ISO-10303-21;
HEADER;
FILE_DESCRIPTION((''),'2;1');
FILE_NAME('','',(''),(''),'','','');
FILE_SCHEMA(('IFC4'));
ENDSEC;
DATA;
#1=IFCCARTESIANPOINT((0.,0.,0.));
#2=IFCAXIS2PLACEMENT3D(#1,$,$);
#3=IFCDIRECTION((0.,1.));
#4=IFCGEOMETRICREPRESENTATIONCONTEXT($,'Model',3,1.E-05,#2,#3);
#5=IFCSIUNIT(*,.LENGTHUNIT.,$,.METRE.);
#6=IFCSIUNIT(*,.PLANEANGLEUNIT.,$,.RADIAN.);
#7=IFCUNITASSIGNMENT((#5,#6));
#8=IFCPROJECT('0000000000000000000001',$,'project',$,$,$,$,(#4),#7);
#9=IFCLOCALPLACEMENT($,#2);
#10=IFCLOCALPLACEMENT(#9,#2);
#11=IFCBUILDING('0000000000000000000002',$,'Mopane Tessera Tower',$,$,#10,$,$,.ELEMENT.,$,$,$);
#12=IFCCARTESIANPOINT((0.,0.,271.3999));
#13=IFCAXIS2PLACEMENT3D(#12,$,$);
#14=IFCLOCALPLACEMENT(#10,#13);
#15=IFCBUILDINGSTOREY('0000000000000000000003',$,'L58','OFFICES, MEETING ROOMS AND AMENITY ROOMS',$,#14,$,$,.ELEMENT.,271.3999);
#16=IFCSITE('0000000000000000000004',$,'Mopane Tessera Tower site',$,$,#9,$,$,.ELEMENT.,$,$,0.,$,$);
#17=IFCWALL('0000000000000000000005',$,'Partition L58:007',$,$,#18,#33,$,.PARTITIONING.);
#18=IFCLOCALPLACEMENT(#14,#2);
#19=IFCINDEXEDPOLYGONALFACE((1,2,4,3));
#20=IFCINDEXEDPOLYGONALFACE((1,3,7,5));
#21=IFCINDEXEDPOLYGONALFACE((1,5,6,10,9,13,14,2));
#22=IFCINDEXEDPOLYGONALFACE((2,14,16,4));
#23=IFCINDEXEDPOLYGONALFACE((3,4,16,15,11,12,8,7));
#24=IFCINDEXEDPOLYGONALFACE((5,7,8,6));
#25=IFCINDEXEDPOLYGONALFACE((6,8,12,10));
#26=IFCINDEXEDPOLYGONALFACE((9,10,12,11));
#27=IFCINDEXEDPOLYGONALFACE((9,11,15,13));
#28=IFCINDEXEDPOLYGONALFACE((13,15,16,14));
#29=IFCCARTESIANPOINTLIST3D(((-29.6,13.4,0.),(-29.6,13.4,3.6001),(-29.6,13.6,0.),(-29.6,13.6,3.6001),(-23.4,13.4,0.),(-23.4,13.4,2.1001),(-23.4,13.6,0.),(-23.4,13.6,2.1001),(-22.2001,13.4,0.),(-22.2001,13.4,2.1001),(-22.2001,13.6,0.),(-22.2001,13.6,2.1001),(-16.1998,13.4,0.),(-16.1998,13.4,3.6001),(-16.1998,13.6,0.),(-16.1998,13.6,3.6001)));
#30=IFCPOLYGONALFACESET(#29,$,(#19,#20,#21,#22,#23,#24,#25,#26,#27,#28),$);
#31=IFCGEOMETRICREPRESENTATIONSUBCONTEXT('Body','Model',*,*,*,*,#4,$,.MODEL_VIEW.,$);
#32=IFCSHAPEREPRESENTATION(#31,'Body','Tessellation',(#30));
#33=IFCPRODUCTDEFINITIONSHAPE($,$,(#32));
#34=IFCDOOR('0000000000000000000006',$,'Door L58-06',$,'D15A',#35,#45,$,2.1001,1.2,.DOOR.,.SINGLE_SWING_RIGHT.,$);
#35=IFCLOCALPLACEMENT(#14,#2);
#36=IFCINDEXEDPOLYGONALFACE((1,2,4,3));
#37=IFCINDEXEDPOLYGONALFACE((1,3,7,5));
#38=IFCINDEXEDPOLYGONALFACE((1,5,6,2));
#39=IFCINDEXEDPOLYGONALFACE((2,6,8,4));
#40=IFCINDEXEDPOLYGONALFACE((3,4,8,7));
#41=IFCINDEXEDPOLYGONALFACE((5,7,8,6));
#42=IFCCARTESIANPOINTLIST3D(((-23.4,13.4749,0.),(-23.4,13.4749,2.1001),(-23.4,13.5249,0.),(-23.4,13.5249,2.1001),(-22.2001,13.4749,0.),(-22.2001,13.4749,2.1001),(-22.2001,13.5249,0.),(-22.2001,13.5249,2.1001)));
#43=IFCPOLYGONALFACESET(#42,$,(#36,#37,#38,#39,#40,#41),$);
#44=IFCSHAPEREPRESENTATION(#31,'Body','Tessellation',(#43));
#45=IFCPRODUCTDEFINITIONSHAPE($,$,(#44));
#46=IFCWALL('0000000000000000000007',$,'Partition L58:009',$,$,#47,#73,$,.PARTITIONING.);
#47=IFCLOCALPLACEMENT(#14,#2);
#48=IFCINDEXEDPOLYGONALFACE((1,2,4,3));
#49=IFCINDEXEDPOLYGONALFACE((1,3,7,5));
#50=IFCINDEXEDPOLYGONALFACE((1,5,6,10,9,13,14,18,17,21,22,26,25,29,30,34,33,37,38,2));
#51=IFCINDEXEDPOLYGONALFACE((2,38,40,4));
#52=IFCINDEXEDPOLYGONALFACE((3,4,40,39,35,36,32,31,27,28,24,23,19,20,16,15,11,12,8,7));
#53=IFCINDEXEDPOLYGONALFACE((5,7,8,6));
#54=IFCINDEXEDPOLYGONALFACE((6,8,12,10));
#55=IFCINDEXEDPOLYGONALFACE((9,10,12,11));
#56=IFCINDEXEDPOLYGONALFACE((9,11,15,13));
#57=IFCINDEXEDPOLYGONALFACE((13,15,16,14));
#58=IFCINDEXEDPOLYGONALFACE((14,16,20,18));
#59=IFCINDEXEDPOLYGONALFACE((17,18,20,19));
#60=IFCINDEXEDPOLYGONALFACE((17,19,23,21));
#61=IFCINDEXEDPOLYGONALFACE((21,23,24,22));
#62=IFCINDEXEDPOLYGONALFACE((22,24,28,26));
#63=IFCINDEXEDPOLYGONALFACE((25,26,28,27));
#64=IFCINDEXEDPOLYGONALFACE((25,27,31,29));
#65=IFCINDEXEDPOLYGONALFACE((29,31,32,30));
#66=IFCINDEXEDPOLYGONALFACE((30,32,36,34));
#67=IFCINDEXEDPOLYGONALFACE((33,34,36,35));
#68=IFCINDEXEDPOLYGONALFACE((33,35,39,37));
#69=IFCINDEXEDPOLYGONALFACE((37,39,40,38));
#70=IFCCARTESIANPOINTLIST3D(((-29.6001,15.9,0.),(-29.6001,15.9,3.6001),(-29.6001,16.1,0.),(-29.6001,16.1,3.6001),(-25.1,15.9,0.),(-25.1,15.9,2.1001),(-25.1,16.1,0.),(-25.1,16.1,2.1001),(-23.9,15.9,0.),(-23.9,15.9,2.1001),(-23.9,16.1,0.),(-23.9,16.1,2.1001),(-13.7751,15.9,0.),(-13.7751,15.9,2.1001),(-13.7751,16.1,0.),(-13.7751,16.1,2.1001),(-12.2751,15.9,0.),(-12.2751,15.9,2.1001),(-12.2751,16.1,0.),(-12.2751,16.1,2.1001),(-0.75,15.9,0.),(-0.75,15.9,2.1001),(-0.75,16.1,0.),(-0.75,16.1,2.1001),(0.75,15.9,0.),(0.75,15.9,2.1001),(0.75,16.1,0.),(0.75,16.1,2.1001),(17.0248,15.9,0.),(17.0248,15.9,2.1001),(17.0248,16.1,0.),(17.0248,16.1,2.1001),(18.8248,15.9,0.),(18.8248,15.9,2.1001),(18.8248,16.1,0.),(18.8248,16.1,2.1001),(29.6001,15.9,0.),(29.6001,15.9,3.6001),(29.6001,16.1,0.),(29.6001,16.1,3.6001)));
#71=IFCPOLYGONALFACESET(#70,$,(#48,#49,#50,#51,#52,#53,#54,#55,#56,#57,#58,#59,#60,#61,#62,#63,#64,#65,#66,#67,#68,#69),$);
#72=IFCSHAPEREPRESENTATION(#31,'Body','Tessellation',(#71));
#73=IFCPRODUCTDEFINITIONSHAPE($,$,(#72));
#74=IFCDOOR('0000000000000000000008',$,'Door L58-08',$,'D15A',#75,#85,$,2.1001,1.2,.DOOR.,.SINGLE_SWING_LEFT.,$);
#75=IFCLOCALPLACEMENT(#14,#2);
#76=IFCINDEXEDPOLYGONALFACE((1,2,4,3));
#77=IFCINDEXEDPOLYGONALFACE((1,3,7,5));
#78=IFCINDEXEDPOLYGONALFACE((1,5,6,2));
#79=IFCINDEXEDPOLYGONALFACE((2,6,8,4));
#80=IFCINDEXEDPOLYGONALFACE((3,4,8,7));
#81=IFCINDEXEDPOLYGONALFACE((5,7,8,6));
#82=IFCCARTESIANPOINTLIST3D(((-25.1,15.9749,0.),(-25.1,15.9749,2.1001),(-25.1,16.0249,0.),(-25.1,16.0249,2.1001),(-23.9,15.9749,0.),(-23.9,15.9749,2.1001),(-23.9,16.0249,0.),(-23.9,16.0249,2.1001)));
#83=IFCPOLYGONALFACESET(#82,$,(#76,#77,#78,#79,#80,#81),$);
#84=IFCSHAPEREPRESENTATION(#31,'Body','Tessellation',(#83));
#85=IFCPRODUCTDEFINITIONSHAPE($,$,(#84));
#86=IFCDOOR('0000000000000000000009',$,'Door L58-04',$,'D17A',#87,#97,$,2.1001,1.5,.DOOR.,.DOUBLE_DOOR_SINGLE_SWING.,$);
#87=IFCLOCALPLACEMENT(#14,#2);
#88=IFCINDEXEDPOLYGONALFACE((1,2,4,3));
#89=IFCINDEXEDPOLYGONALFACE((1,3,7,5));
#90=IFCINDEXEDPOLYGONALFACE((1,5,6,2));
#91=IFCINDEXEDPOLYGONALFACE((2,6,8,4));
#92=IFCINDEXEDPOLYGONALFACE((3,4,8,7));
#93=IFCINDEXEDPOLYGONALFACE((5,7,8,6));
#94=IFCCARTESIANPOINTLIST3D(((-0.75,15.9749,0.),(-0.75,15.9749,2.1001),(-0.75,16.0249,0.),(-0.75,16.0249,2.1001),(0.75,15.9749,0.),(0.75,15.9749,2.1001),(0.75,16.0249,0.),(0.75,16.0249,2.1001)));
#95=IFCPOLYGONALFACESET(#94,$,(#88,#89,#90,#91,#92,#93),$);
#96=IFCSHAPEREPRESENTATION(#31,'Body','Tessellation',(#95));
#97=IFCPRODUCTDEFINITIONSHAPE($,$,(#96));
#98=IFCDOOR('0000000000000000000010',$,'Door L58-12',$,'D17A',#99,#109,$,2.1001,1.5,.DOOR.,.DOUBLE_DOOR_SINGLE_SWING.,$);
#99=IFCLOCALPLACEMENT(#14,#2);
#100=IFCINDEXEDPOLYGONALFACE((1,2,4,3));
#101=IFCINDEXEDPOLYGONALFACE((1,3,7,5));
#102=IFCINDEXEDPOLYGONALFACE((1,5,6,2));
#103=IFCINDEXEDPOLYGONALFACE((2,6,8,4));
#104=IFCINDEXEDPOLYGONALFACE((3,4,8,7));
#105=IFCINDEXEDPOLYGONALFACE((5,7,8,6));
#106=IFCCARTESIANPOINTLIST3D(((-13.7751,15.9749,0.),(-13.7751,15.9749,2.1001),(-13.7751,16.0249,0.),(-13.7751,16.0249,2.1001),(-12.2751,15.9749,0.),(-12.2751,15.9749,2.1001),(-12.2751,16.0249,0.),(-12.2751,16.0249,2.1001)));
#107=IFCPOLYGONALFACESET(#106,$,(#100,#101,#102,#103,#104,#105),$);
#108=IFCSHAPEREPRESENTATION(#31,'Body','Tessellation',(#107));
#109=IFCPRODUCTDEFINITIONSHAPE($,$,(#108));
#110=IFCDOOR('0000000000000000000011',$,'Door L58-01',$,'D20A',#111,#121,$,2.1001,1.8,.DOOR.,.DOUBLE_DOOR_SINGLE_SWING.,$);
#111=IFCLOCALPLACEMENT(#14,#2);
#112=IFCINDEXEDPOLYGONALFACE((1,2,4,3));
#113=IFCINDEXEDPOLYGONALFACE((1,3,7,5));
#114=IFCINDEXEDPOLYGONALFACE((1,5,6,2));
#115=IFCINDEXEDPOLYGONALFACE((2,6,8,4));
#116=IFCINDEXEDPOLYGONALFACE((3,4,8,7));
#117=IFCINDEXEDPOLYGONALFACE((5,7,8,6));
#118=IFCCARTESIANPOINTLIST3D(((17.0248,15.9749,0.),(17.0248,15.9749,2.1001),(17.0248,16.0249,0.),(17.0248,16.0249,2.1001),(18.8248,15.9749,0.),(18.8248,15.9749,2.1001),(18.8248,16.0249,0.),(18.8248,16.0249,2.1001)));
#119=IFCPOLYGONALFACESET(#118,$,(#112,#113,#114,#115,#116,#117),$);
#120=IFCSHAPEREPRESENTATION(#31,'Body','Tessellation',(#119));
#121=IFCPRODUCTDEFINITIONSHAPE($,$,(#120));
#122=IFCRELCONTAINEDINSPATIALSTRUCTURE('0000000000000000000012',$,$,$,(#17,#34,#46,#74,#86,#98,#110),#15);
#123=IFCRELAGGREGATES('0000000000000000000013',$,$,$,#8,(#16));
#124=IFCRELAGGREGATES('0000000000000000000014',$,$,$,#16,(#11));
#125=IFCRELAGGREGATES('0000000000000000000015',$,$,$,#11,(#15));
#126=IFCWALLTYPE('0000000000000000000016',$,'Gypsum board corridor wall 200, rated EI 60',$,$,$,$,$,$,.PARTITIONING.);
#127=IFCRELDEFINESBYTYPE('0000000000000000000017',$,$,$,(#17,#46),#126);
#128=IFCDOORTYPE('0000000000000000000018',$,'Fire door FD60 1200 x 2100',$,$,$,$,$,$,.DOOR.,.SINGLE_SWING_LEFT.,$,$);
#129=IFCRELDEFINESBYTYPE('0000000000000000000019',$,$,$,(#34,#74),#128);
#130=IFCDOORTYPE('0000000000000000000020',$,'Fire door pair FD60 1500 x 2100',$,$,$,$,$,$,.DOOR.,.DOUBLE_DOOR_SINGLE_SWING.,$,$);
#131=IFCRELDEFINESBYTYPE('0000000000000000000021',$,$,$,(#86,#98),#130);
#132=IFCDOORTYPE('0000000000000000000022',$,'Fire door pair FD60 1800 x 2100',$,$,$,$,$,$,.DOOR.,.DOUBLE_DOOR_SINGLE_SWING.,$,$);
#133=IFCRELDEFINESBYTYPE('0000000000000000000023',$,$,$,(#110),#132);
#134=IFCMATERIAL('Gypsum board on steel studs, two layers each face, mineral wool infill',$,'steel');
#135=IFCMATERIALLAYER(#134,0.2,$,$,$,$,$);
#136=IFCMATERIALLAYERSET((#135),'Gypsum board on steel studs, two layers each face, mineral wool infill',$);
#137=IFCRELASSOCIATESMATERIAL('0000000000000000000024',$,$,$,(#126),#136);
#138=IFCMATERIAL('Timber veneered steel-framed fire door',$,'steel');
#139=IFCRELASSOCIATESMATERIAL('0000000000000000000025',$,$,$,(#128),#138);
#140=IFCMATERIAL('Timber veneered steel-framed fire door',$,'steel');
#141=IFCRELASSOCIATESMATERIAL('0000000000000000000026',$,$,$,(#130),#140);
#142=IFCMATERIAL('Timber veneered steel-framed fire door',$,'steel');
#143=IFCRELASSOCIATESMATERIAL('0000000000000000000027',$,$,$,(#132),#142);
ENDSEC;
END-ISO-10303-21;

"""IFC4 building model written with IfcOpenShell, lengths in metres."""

from ifc_helpers import new_model, si_unit, direction, frame, frame_2d, origin, place, context, subcontext, project, spatial, rectangle, extrude, material, layer, layer_set, type_object, element, fill, save


model = new_model("IFC4")

# Units and contexts
model_context = context("Model", 3, precision=1e-05, world=origin(), true_north=direction((0.0, 1.0)))
body_context = subcontext(model_context, "Body", "Model", "MODEL_VIEW")
ifc_project = project(units=[si_unit("LENGTHUNIT", "METRE"), si_unit("PLANEANGLEUNIT", "RADIAN")], contexts=[model_context])

# Site, building, storey
site_placement = place(None, origin())
site = spatial("IfcSite", under=ifc_project, at=site_placement, Name="Mopane Tessera Tower site", CompositionType="ELEMENT", RefElevation=0.0)
building_placement = place(site_placement, origin())
building = spatial("IfcBuilding", under=site, at=building_placement, Name="Mopane Tessera Tower", CompositionType="ELEMENT")
storey_placement = place(building_placement, frame((0.0, 0.0, 271.3999)))
storey = spatial("IfcBuildingStorey", under=building, at=storey_placement, Name="L58", Description="OFFICES, MEETING ROOMS AND AMENITY ROOMS", CompositionType="ELEMENT", Elevation=271.3999)

# Wall, opening, door
ifc_material_1 = material(Name="Gypsum board on steel studs, two layers each face, mineral wool infill", Category="steel")
ifc_layer_1 = layer(ifc_material_1, 0.2)
ifc_layer_set_1 = layer_set([ifc_layer_1], Name="Gypsum board on steel studs, two layers each face, mineral wool infill")
wall_type_1 = type_object("IfcWallType", Name="Gypsum board corridor wall 200, rated EI 60", PredefinedType="PARTITIONING", material=ifc_layer_set_1)
wall_1_placement = place(storey_placement, frame((-29.6001, 13.5, 0.0), z_axis=(0.0, 0.0, 1.0), x_axis=(1.0, 0.0, 0.0)))
wall_1 = element("IfcWall", 1, at=wall_1_placement, inside=storey, type_object=wall_type_1, Name="Partition L58:007", PredefinedType="PARTITIONING", context=body_context, shape_type="SweptSolid", body=[
    extrude(rectangle(XDim=13.4001, YDim=0.2, at=frame_2d((6.7002, 0.0))), origin(), (0.0, 0.0, 1.0), 3.6001),
])
opening_1_placement = place(wall_1_placement, frame((6.2, 0.0, 0.0)))
opening_1 = element("IfcOpeningElement", 2, at=opening_1_placement, cuts=wall_1, PredefinedType="OPENING", context=body_context, shape_type="SweptSolid", body=[
    extrude(rectangle(XDim=1.2, YDim=2.1001, at=frame_2d((0.6001, 1.05))), frame((0.0, 0.1121, 0.0), z_axis=(0.0, -1.0, 0.0), x_axis=(1.0, 0.0, 0.0)), (0.0, 0.0, 1.0), 0.2239),
])
ifc_material_2 = material(Name="Timber veneered steel-framed fire door", Category="steel")
door_type_1 = type_object("IfcDoorType", Name="Fire door FD60 1200 x 2100", OperationType="SINGLE_SWING_LEFT", PredefinedType="DOOR", material=ifc_material_2)
door_1_placement = place(opening_1_placement, origin())
door_1 = element("IfcDoor", 3, at=door_1_placement, inside=storey, type_object=door_type_1, Name="Door L58-06", ObjectType="D15A", OperationType="SINGLE_SWING_RIGHT", OverallHeight=2.1001, OverallWidth=1.2, PredefinedType="DOOR", context=body_context, shape_type="SweptSolid", body=[
    extrude(rectangle(XDim=1.2, YDim=2.1001, at=frame_2d((0.6001, 1.05))), frame((0.0, 0.0249, 0.0), z_axis=(0.0, -1.0, 0.0), x_axis=(1.0, 0.0, 0.0)), (0.0, 0.0, 1.0), 0.05),
])
fill(opening_1, door_1)

# Wall, openings, doors
wall_2_placement = place(storey_placement, frame((-29.6001, 16.0, 0.0), z_axis=(0.0, 0.0, 1.0), x_axis=(1.0, 0.0, 0.0)))
wall_2 = element("IfcWall", 4, at=wall_2_placement, inside=storey, type_object=wall_type_1, Name="Partition L58:009", PredefinedType="PARTITIONING", context=body_context, shape_type="SweptSolid", body=[
    extrude(rectangle(XDim=59.2002, YDim=0.2, at=frame_2d((29.6001, 0.0))), origin(), (0.0, 0.0, 1.0), 3.6001),
])
opening_2_placement = place(wall_2_placement, frame((46.625, 0.0, 0.0)))
opening_2 = element("IfcOpeningElement", 5, at=opening_2_placement, cuts=wall_2, PredefinedType="OPENING", context=body_context, shape_type="SweptSolid", body=[
    extrude(rectangle(XDim=1.8, YDim=2.1001, at=frame_2d((0.8999, 1.05))), frame((0.0, 0.1121, 0.0), z_axis=(0.0, -1.0, 0.0), x_axis=(1.0, 0.0, 0.0)), (0.0, 0.0, 1.0), 0.2239),
])
opening_3_placement = place(wall_2_placement, frame((28.8501, 0.0, 0.0)))
opening_3 = element("IfcOpeningElement", 6, at=opening_3_placement, cuts=wall_2, PredefinedType="OPENING", context=body_context, shape_type="SweptSolid", body=[
    extrude(rectangle(XDim=1.5, YDim=2.1001, at=frame_2d((0.75, 1.05))), frame((0.0, 0.1121, 0.0), z_axis=(0.0, -1.0, 0.0), x_axis=(1.0, 0.0, 0.0)), (0.0, 0.0, 1.0), 0.2239),
])
opening_4_placement = place(wall_2_placement, frame((4.5, 0.0, 0.0)))
opening_4 = element("IfcOpeningElement", 7, at=opening_4_placement, cuts=wall_2, PredefinedType="OPENING", context=body_context, shape_type="SweptSolid", body=[
    extrude(rectangle(XDim=1.2, YDim=2.1001, at=frame_2d((0.6001, 1.05))), frame((0.0, 0.1121, 0.0), z_axis=(0.0, -1.0, 0.0), x_axis=(1.0, 0.0, 0.0)), (0.0, 0.0, 1.0), 0.2239),
])
opening_5_placement = place(wall_2_placement, frame((15.825, 0.0, 0.0)))
opening_5 = element("IfcOpeningElement", 8, at=opening_5_placement, cuts=wall_2, PredefinedType="OPENING", context=body_context, shape_type="SweptSolid", body=[
    extrude(rectangle(XDim=1.5, YDim=2.1001, at=frame_2d((0.75, 1.05))), frame((0.0, 0.1121, 0.0), z_axis=(0.0, -1.0, 0.0), x_axis=(1.0, 0.0, 0.0)), (0.0, 0.0, 1.0), 0.2239),
])
door_2_placement = place(opening_4_placement, origin())
door_2 = element("IfcDoor", 9, at=door_2_placement, inside=storey, type_object=door_type_1, Name="Door L58-08", ObjectType="D15A", OperationType="SINGLE_SWING_LEFT", OverallHeight=2.1001, OverallWidth=1.2, PredefinedType="DOOR", context=body_context, shape_type="SweptSolid", body=[
    extrude(rectangle(XDim=1.2, YDim=2.1001, at=frame_2d((0.6001, 1.05))), frame((0.0, 0.0249, 0.0), z_axis=(0.0, -1.0, 0.0), x_axis=(1.0, 0.0, 0.0)), (0.0, 0.0, 1.0), 0.05),
])
fill(opening_4, door_2)
ifc_material_3 = material(Name="Timber veneered steel-framed fire door", Category="steel")
door_type_2 = type_object("IfcDoorType", Name="Fire door pair FD60 1500 x 2100", OperationType="DOUBLE_DOOR_SINGLE_SWING", PredefinedType="DOOR", material=ifc_material_3)
door_3_placement = place(opening_3_placement, origin())
door_3 = element("IfcDoor", 10, at=door_3_placement, inside=storey, type_object=door_type_2, Name="Door L58-04", ObjectType="D17A", OperationType="DOUBLE_DOOR_SINGLE_SWING", OverallHeight=2.1001, OverallWidth=1.5, PredefinedType="DOOR", context=body_context, shape_type="SweptSolid", body=[
    extrude(rectangle(XDim=1.5, YDim=2.1001, at=frame_2d((0.75, 1.05))), frame((0.0, 0.0249, 0.0), z_axis=(0.0, -1.0, 0.0), x_axis=(1.0, 0.0, 0.0)), (0.0, 0.0, 1.0), 0.05),
])
fill(opening_3, door_3)
door_4_placement = place(opening_5_placement, origin())
door_4 = element("IfcDoor", 11, at=door_4_placement, inside=storey, type_object=door_type_2, Name="Door L58-12", ObjectType="D17A", OperationType="DOUBLE_DOOR_SINGLE_SWING", OverallHeight=2.1001, OverallWidth=1.5, PredefinedType="DOOR", context=body_context, shape_type="SweptSolid", body=[
    extrude(rectangle(XDim=1.5, YDim=2.1001, at=frame_2d((0.75, 1.05))), frame((0.0, 0.0249, 0.0), z_axis=(0.0, -1.0, 0.0), x_axis=(1.0, 0.0, 0.0)), (0.0, 0.0, 1.0), 0.05),
])
fill(opening_5, door_4)
ifc_material_4 = material(Name="Timber veneered steel-framed fire door", Category="steel")
door_type_3 = type_object("IfcDoorType", Name="Fire door pair FD60 1800 x 2100", OperationType="DOUBLE_DOOR_SINGLE_SWING", PredefinedType="DOOR", material=ifc_material_4)
door_5_placement = place(opening_2_placement, origin())
door_5 = element("IfcDoor", 12, at=door_5_placement, inside=storey, type_object=door_type_3, Name="Door L58-01", ObjectType="D20A", OperationType="DOUBLE_DOOR_SINGLE_SWING", OverallHeight=2.1001, OverallWidth=1.8, PredefinedType="DOOR", context=body_context, shape_type="SweptSolid", body=[
    extrude(rectangle(XDim=1.8, YDim=2.1001, at=frame_2d((0.8999, 1.05))), frame((0.0, 0.0249, 0.0), z_axis=(0.0, -1.0, 0.0), x_axis=(1.0, 0.0, 0.0)), (0.0, 0.0, 1.0), 0.05),
])
fill(opening_2, door_5)

save(model, "model.ifc")
